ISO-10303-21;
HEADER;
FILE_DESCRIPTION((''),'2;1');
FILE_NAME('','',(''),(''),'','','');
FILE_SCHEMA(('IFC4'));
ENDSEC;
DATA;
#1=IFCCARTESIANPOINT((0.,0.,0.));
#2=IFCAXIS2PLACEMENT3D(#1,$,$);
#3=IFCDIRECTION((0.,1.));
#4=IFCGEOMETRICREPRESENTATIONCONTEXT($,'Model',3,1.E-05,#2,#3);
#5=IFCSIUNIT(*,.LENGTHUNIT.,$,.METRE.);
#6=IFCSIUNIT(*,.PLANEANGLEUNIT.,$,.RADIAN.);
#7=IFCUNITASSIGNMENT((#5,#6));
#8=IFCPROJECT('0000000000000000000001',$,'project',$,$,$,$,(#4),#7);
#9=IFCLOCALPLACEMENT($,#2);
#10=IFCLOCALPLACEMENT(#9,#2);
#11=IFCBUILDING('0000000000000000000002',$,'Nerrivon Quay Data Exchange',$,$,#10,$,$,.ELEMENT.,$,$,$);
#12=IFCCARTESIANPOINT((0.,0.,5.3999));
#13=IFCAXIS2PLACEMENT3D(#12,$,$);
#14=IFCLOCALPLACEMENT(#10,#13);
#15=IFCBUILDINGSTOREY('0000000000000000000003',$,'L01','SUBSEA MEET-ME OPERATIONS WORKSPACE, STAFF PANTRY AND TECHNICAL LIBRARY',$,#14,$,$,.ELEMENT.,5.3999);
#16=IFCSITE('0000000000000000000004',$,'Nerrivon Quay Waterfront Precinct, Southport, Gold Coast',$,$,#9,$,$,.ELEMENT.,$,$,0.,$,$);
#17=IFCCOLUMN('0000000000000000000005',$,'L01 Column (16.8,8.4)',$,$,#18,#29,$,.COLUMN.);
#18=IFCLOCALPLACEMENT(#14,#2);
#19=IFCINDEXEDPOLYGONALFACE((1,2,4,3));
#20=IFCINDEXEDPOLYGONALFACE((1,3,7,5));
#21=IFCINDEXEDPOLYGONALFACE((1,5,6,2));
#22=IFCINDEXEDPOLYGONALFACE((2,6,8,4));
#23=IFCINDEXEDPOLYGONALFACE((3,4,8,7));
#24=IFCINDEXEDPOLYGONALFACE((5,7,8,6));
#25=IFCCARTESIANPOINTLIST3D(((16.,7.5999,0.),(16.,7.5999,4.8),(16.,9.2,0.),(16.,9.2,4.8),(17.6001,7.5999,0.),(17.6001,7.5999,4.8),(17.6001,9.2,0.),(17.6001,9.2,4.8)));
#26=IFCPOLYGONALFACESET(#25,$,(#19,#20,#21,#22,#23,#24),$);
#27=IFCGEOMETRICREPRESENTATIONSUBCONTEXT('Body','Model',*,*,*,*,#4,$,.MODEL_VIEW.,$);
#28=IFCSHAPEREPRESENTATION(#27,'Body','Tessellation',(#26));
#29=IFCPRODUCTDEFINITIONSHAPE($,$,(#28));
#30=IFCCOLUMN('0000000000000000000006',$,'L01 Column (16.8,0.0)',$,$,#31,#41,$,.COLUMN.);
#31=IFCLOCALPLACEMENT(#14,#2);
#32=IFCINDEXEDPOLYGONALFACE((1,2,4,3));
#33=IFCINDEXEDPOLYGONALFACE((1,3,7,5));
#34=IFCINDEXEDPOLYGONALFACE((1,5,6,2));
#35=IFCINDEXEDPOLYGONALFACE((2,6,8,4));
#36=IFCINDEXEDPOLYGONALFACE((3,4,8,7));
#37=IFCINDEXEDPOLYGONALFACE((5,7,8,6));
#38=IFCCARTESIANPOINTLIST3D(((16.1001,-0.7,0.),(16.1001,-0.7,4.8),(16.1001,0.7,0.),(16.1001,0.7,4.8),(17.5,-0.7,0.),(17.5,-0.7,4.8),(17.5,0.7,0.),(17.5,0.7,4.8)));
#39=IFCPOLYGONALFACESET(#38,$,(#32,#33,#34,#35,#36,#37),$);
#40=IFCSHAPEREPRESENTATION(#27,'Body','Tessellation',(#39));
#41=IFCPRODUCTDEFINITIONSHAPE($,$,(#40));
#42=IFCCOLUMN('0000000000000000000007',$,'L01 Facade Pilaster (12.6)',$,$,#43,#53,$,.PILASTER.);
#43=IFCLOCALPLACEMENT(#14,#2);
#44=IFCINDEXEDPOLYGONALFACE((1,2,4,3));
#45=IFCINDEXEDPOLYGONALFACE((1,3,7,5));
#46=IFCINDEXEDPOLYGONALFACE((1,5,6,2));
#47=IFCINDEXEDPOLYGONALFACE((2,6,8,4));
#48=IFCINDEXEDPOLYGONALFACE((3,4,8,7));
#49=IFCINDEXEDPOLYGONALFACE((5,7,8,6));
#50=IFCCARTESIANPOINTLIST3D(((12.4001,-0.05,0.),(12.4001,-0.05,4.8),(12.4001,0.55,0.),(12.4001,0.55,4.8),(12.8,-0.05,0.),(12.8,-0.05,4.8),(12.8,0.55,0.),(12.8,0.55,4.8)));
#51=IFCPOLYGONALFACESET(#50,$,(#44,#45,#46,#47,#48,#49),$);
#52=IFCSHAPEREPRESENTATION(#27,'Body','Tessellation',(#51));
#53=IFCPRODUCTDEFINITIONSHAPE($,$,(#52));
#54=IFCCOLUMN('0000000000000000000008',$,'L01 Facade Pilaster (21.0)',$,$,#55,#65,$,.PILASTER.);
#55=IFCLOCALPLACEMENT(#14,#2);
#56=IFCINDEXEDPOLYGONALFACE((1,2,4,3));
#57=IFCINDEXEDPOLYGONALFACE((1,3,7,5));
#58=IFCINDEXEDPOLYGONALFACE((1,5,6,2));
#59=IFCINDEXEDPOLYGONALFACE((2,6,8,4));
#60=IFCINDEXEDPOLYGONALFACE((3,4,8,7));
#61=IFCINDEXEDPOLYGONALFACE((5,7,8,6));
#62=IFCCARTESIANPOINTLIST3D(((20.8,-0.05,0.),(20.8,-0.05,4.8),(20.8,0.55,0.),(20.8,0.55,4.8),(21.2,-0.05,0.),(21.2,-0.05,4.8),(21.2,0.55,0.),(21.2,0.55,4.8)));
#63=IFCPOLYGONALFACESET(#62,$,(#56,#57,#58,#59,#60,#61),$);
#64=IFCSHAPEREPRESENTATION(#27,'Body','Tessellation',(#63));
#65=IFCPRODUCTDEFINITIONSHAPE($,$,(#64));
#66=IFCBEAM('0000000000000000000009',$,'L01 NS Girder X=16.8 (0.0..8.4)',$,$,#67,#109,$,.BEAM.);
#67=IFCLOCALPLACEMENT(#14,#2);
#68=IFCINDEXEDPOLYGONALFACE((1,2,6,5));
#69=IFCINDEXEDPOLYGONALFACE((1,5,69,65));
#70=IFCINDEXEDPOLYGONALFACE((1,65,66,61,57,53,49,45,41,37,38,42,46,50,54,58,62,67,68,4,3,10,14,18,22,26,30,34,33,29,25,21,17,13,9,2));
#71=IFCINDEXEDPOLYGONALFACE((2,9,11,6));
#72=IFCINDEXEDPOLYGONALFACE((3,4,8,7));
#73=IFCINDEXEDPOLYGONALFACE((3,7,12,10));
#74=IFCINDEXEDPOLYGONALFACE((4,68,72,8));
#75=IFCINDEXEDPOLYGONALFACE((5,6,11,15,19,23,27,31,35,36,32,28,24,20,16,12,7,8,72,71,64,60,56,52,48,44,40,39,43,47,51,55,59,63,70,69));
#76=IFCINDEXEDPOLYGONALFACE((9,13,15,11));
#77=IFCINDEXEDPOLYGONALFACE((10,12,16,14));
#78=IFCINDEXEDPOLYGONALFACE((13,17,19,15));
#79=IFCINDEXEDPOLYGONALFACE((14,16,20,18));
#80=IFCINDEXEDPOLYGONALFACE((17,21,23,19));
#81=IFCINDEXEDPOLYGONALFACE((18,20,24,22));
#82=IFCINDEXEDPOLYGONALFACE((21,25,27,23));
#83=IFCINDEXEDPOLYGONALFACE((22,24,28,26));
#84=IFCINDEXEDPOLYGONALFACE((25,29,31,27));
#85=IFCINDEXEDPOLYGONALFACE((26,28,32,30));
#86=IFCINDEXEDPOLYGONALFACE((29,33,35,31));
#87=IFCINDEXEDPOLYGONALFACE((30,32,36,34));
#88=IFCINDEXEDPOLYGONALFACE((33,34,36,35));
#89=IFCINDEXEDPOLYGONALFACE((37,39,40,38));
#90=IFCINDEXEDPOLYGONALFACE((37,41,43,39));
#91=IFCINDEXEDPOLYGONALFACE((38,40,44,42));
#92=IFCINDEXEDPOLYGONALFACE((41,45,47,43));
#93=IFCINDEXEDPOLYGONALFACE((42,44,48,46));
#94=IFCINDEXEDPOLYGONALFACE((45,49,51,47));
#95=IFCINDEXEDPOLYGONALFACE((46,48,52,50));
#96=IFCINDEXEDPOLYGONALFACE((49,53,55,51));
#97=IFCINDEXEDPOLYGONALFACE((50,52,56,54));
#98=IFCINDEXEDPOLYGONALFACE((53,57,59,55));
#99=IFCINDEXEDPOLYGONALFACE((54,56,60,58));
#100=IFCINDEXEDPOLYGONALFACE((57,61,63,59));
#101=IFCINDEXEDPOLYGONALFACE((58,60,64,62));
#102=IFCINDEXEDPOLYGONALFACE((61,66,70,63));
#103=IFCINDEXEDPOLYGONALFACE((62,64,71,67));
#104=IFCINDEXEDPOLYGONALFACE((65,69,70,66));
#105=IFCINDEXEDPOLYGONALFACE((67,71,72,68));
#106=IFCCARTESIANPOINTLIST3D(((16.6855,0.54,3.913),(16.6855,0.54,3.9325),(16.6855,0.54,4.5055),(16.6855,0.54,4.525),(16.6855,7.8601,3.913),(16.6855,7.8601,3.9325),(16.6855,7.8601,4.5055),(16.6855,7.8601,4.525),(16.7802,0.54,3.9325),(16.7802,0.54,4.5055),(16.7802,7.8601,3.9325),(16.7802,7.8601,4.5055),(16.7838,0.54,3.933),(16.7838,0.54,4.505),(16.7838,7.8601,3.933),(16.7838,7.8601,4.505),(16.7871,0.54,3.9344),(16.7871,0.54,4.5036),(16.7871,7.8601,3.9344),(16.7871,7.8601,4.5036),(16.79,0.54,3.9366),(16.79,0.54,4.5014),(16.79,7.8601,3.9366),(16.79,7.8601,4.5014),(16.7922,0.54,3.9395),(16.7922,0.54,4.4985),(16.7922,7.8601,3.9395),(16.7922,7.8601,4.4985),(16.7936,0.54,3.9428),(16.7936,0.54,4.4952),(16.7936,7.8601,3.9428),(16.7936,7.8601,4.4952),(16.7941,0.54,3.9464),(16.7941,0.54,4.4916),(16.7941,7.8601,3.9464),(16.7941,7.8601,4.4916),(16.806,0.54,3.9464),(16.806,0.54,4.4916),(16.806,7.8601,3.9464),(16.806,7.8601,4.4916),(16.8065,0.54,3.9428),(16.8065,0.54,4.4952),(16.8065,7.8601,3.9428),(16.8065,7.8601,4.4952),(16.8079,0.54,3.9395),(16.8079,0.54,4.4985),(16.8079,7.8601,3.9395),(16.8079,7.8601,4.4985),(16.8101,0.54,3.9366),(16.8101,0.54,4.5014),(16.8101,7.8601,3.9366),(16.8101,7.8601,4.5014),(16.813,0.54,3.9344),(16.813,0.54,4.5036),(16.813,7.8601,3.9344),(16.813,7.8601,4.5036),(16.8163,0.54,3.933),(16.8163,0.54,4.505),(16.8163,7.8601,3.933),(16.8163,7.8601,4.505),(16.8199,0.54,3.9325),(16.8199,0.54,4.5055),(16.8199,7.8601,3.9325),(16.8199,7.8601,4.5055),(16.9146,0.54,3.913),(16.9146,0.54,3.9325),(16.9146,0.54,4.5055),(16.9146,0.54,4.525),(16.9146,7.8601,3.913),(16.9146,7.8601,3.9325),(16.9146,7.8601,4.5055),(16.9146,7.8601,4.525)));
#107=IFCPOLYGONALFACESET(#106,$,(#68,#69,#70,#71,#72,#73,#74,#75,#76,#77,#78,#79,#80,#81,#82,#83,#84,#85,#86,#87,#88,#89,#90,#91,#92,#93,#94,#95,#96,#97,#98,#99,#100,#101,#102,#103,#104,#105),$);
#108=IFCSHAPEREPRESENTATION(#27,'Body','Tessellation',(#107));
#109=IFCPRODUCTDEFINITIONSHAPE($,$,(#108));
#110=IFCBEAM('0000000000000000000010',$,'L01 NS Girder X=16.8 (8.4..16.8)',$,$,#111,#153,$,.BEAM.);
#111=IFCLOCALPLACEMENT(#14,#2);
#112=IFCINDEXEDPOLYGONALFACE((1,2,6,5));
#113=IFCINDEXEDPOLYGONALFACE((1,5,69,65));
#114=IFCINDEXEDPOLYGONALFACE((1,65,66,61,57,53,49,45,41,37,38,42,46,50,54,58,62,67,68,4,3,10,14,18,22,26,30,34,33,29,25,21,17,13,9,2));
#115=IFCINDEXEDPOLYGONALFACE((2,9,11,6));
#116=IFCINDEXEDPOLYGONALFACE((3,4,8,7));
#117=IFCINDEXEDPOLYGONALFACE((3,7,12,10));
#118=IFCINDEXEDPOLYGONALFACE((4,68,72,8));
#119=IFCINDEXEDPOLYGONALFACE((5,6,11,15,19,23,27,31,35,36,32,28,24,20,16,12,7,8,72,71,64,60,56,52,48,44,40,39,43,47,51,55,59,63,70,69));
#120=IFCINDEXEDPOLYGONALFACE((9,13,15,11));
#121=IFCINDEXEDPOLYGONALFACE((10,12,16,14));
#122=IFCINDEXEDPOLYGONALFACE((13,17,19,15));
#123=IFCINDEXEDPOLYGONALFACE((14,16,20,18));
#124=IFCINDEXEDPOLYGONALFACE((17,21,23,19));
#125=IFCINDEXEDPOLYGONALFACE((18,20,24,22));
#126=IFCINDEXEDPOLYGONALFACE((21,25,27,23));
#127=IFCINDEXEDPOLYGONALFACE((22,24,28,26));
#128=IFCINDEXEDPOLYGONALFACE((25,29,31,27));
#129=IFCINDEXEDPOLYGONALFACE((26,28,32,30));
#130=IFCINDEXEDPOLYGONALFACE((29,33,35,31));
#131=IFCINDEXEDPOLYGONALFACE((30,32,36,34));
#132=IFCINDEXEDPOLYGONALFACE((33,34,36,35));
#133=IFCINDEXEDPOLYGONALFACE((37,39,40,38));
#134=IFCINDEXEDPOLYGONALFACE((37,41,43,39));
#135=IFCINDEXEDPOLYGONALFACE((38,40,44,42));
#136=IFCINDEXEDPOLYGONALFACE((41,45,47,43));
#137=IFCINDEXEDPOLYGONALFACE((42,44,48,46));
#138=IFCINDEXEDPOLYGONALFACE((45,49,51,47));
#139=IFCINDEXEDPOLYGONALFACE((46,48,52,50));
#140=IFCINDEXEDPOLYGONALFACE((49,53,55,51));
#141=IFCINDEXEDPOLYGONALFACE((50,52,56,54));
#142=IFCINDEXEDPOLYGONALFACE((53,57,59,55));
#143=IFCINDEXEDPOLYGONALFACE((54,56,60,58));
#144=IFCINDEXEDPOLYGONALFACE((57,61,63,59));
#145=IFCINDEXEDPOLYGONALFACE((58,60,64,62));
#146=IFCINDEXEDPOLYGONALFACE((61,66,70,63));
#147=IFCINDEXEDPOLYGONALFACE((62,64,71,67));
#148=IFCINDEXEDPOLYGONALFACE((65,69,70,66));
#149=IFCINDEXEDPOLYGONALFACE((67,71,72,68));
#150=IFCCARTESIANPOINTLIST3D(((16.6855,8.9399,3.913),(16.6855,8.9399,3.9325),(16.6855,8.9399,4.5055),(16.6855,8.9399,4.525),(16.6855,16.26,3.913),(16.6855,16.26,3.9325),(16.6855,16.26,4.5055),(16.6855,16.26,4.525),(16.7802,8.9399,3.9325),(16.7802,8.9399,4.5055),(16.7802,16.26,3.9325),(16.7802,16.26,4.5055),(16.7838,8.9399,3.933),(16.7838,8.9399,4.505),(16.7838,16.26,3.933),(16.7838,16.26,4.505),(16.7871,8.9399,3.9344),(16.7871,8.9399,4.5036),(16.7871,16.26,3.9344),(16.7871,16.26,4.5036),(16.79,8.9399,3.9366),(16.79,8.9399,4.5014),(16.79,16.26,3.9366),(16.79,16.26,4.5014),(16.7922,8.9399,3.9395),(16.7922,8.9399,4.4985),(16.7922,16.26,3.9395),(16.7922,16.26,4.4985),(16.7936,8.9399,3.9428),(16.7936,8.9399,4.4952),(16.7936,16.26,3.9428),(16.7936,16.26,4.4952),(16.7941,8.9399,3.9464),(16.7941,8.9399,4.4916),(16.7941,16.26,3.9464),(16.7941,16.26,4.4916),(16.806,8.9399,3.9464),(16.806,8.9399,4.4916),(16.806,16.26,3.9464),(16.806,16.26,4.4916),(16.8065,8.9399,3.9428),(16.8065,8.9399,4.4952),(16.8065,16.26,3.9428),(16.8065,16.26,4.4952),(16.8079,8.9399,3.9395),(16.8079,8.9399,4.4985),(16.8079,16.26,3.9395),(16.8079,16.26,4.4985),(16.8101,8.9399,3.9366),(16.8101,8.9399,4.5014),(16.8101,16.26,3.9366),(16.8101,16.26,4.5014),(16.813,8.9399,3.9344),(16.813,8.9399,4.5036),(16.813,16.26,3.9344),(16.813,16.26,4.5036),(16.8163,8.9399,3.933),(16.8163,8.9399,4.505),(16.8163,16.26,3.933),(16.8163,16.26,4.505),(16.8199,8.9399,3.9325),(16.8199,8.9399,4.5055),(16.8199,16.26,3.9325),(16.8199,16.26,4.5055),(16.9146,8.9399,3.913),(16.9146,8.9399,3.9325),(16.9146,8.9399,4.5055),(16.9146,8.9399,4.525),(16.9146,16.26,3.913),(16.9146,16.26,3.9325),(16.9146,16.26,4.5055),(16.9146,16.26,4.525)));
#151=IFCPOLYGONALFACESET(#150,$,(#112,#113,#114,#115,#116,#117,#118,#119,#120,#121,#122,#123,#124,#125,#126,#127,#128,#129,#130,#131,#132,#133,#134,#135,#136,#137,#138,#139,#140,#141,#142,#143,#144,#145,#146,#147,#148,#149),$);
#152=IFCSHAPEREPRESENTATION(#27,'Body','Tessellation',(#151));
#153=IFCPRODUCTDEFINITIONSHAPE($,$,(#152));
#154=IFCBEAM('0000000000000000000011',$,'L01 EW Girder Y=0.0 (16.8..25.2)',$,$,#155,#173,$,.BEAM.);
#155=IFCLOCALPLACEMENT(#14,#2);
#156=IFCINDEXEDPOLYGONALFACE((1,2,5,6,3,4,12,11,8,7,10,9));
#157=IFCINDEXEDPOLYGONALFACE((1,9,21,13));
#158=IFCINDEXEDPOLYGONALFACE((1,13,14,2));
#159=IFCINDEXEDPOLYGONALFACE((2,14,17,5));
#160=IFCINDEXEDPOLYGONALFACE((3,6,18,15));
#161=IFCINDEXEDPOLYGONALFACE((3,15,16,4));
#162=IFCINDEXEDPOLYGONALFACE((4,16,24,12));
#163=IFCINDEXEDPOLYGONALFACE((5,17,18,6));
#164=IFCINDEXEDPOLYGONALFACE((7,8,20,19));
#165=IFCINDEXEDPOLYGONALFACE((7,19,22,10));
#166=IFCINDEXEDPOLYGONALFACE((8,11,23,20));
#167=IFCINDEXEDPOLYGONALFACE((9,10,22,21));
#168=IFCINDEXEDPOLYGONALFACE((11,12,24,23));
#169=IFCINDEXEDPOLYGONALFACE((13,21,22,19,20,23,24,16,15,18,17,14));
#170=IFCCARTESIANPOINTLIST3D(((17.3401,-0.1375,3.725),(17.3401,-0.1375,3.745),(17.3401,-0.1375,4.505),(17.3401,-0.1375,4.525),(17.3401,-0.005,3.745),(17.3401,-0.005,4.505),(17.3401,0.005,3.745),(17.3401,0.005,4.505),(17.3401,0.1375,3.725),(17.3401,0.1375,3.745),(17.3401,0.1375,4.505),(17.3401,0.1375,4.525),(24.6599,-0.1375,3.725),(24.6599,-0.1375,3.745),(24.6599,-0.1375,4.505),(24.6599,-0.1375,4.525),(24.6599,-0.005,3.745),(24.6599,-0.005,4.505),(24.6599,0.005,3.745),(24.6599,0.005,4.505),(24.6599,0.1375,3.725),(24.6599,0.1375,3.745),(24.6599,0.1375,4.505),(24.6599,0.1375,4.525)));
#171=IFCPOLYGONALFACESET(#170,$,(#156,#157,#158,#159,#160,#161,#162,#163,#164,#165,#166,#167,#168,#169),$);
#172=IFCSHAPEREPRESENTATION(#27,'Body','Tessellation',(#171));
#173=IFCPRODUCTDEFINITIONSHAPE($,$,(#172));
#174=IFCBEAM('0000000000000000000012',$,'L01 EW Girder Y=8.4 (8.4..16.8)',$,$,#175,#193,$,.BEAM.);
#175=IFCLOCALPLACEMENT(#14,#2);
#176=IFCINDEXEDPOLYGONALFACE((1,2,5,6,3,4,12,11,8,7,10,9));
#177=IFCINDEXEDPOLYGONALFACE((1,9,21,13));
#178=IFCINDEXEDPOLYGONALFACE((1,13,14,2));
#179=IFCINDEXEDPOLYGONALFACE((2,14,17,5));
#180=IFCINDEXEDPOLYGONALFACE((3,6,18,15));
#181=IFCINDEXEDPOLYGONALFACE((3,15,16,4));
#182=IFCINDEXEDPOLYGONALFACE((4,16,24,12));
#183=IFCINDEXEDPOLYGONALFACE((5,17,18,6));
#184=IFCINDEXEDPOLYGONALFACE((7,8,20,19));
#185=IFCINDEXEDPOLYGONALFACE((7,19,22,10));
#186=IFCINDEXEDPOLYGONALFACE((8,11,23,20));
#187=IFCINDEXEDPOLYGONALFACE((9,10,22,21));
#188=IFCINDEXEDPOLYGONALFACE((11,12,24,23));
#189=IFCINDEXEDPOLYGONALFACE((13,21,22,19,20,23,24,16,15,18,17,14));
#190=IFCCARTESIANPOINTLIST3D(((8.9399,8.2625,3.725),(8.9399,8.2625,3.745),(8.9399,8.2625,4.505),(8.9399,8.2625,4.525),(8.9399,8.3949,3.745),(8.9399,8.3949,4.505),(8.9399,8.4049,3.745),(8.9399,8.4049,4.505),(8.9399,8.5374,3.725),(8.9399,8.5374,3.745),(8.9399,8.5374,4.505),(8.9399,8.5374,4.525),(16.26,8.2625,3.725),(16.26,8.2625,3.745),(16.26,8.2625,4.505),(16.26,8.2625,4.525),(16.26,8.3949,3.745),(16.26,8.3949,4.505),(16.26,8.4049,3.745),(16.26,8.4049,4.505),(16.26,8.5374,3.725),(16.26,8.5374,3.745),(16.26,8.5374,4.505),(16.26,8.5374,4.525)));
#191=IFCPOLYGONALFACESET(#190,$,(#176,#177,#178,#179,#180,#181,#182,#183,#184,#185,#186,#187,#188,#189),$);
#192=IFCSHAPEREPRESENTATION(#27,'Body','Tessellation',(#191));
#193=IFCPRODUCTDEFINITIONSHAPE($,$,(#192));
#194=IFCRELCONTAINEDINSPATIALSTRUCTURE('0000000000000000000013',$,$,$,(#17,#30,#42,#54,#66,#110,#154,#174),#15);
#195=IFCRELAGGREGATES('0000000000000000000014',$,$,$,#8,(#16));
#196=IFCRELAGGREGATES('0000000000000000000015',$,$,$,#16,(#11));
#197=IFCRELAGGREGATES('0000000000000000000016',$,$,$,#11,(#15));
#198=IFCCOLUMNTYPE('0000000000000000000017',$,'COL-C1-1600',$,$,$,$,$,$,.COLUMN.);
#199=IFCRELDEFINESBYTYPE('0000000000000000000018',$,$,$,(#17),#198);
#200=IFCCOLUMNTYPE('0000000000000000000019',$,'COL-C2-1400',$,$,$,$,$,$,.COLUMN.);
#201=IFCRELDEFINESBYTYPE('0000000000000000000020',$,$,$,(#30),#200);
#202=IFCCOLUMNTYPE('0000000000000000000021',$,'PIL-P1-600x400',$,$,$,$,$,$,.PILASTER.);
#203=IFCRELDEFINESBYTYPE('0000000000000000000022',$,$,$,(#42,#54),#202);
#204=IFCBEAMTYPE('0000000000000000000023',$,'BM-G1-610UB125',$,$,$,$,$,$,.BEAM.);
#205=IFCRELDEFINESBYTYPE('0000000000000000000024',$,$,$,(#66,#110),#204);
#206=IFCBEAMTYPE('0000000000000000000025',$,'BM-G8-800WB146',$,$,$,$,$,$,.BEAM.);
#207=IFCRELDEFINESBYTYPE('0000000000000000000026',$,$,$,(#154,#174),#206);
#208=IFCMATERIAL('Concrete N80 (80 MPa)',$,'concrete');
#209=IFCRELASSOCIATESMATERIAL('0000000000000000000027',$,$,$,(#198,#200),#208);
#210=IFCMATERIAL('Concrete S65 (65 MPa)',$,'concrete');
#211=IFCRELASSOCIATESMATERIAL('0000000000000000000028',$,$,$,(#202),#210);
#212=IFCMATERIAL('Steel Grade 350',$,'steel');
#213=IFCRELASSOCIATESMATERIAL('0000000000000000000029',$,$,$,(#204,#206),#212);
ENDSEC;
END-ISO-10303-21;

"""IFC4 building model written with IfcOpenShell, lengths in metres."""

from ifc_helpers import new_model, si_unit, direction, frame, origin, origin_2d, place, context, subcontext, project, spatial, rectangle, i_section, extrude, material, material_profile, profile_set, type_object, element, save


model = new_model("IFC4")

# Units and contexts
model_context = context("Model", 3, precision=1e-05, world=origin(), true_north=direction((0.0, 1.0)))
body_context = subcontext(model_context, "Body", "Model", "MODEL_VIEW")
ifc_project = project(units=[si_unit("LENGTHUNIT", "METRE"), si_unit("PLANEANGLEUNIT", "RADIAN")], contexts=[model_context])

# Site, building, storey
site_placement = place(None, origin())
site = spatial("IfcSite", under=ifc_project, at=site_placement, Name="Nerrivon Quay Waterfront Precinct, Southport, Gold Coast", CompositionType="ELEMENT", RefElevation=0.0)
building_placement = place(site_placement, origin())
building = spatial("IfcBuilding", under=site, at=building_placement, Name="Nerrivon Quay Data Exchange", CompositionType="ELEMENT")
storey_placement = place(building_placement, frame((0.0, 0.0, 5.3999)))
storey = spatial("IfcBuildingStorey", under=building, at=storey_placement, Name="L01", Description="SUBSEA MEET-ME OPERATIONS WORKSPACE, STAFF PANTRY AND TECHNICAL LIBRARY", CompositionType="ELEMENT", Elevation=5.3999)

# Columns
ifc_material_1 = material(Name="Concrete N80 (80 MPa)", Category="concrete")
ifc_material_profile_1 = material_profile(ifc_material_1, rectangle(XDim=1.6001, YDim=1.6001, at=origin_2d()), Name="RC-COL-1600x1600")
ifc_profile_set_1 = profile_set([ifc_material_profile_1], Name="Concrete N80 (80 MPa)")
column_type_1 = type_object("IfcColumnType", Name="COL-C1-1600", PredefinedType="COLUMN", material=ifc_profile_set_1)
column_1_placement = place(storey_placement, frame((16.8, 8.3999, 0.0), z_axis=(0.0, 0.0, 1.0), x_axis=(1.0, 0.0, 0.0)))
element("IfcColumn", 1, at=column_1_placement, inside=storey, type_object=column_type_1, Name="L01 Column (16.8,8.4)", PredefinedType="COLUMN", context=body_context, shape_type="SweptSolid", body=[
    extrude(rectangle(XDim=1.6001, YDim=1.6001, at=origin_2d()), origin(), (0.0, 0.0, 1.0), 4.8),
])
ifc_material_profile_2 = material_profile(ifc_material_1, rectangle(XDim=1.3999, YDim=1.3999, at=origin_2d()), Name="RC-COL-1400x1400")
ifc_profile_set_2 = profile_set([ifc_material_profile_2], Name="Concrete N80 (80 MPa)")
column_type_2 = type_object("IfcColumnType", Name="COL-C2-1400", PredefinedType="COLUMN", material=ifc_profile_set_2)
column_2_placement = place(storey_placement, frame((16.8, 0.0, 0.0), z_axis=(0.0, 0.0, 1.0), x_axis=(1.0, 0.0, 0.0)))
element("IfcColumn", 2, at=column_2_placement, inside=storey, type_object=column_type_2, Name="L01 Column (16.8,0.0)", PredefinedType="COLUMN", context=body_context, shape_type="SweptSolid", body=[
    extrude(rectangle(XDim=1.3999, YDim=1.3999, at=origin_2d()), origin(), (0.0, 0.0, 1.0), 4.8),
])
ifc_material_2 = material(Name="Concrete S65 (65 MPa)", Category="concrete")
ifc_material_profile_3 = material_profile(ifc_material_2, rectangle(XDim=0.3999, YDim=0.6001, at=origin_2d()), Name="RC-PIL-600x400")
ifc_profile_set_3 = profile_set([ifc_material_profile_3], Name="Concrete S65 (65 MPa)")
column_type_3 = type_object("IfcColumnType", Name="PIL-P1-600x400", PredefinedType="PILASTER", material=ifc_profile_set_3)
for number, where, z_axis, x_axis, name in (
    (3, (12.6001, 0.25, 0.0), (0.0, 0.0, 1.0), (1.0, 0.0, 0.0), "L01 Facade Pilaster (12.6)"),
    (4, (21.0, 0.25, 0.0), (0.0, 0.0, 1.0), (1.0, 0.0, 0.0), "L01 Facade Pilaster (21.0)"),
):
    element("IfcColumn", number, at=place(storey_placement, frame(where, z_axis=z_axis, x_axis=x_axis)), inside=storey, type_object=column_type_3, Name=name, PredefinedType="PILASTER", context=body_context, shape_type="SweptSolid", body=[
        extrude(rectangle(XDim=0.3999, YDim=0.6001, at=origin_2d()), origin(), (0.0, 0.0, 1.0), 4.8),
    ])

# Beams
ifc_material_3 = material(Name="Steel Grade 350", Category="steel")
ifc_material_profile_4 = material_profile(ifc_material_3, i_section(OverallWidth=0.229, OverallDepth=0.6121, WebThickness=0.012, FlangeThickness=0.0195, FilletRadius=0.0139, at=origin_2d()), Name="610UB125")
ifc_profile_set_4 = profile_set([ifc_material_profile_4], Name="Steel Grade 350")
beam_type_1 = type_object("IfcBeamType", Name="BM-G1-610UB125", PredefinedType="BEAM", material=ifc_profile_set_4)
for number, where, z_axis, x_axis, name in (
    (5, (16.8, 0.54, 4.219), (0.0, 1.0, 0.0), (-1.0, 0.0, 0.0), "L01 NS Girder X=16.8 (0.0..8.4)"),
    (6, (16.8, 8.9399, 4.219), (0.0, 1.0, 0.0), (-1.0, 0.0, 0.0), "L01 NS Girder X=16.8 (8.4..16.8)"),
):
    element("IfcBeam", number, at=place(storey_placement, frame(where, z_axis=z_axis, x_axis=x_axis)), inside=storey, type_object=beam_type_1, Name=name, PredefinedType="BEAM", context=body_context, shape_type="SweptSolid", body=[
        extrude(i_section(OverallWidth=0.229, OverallDepth=0.6121, WebThickness=0.012, FlangeThickness=0.0195, FilletRadius=0.0139, at=origin_2d()), origin(), (0.0, 0.0, 1.0), 7.3201),
    ])
ifc_material_profile_5 = material_profile(ifc_material_3, i_section(OverallWidth=0.2749, OverallDepth=0.8, WebThickness=0.01, FlangeThickness=0.02, at=origin_2d()), Name="800WB146")
ifc_profile_set_5 = profile_set([ifc_material_profile_5], Name="Steel Grade 350")
beam_type_2 = type_object("IfcBeamType", Name="BM-G8-800WB146", PredefinedType="BEAM", material=ifc_profile_set_5)
beam_1_placement = place(storey_placement, frame((17.3401, 0.0, 4.125), z_axis=(1.0, 0.0, 0.0), x_axis=(0.0, 1.0, 0.0)))
element("IfcBeam", 7, at=beam_1_placement, inside=storey, type_object=beam_type_2, Name="L01 EW Girder Y=0.0 (16.8..25.2)", PredefinedType="BEAM", context=body_context, shape_type="SweptSolid", body=[
    extrude(i_section(OverallWidth=0.2749, OverallDepth=0.8, WebThickness=0.01, FlangeThickness=0.02, at=origin_2d()), origin(), (0.0, 0.0, 1.0), 7.3198),
])
beam_2_placement = place(storey_placement, frame((8.9399, 8.3999, 4.125), z_axis=(1.0, 0.0, 0.0), x_axis=(0.0, 1.0, 0.0)))
element("IfcBeam", 8, at=beam_2_placement, inside=storey, type_object=beam_type_2, Name="L01 EW Girder Y=8.4 (8.4..16.8)", PredefinedType="BEAM", context=body_context, shape_type="SweptSolid", body=[
    extrude(i_section(OverallWidth=0.2749, OverallDepth=0.8, WebThickness=0.01, FlangeThickness=0.02, at=origin_2d()), origin(), (0.0, 0.0, 1.0), 7.3201),
])

save(model, "model.ifc")
